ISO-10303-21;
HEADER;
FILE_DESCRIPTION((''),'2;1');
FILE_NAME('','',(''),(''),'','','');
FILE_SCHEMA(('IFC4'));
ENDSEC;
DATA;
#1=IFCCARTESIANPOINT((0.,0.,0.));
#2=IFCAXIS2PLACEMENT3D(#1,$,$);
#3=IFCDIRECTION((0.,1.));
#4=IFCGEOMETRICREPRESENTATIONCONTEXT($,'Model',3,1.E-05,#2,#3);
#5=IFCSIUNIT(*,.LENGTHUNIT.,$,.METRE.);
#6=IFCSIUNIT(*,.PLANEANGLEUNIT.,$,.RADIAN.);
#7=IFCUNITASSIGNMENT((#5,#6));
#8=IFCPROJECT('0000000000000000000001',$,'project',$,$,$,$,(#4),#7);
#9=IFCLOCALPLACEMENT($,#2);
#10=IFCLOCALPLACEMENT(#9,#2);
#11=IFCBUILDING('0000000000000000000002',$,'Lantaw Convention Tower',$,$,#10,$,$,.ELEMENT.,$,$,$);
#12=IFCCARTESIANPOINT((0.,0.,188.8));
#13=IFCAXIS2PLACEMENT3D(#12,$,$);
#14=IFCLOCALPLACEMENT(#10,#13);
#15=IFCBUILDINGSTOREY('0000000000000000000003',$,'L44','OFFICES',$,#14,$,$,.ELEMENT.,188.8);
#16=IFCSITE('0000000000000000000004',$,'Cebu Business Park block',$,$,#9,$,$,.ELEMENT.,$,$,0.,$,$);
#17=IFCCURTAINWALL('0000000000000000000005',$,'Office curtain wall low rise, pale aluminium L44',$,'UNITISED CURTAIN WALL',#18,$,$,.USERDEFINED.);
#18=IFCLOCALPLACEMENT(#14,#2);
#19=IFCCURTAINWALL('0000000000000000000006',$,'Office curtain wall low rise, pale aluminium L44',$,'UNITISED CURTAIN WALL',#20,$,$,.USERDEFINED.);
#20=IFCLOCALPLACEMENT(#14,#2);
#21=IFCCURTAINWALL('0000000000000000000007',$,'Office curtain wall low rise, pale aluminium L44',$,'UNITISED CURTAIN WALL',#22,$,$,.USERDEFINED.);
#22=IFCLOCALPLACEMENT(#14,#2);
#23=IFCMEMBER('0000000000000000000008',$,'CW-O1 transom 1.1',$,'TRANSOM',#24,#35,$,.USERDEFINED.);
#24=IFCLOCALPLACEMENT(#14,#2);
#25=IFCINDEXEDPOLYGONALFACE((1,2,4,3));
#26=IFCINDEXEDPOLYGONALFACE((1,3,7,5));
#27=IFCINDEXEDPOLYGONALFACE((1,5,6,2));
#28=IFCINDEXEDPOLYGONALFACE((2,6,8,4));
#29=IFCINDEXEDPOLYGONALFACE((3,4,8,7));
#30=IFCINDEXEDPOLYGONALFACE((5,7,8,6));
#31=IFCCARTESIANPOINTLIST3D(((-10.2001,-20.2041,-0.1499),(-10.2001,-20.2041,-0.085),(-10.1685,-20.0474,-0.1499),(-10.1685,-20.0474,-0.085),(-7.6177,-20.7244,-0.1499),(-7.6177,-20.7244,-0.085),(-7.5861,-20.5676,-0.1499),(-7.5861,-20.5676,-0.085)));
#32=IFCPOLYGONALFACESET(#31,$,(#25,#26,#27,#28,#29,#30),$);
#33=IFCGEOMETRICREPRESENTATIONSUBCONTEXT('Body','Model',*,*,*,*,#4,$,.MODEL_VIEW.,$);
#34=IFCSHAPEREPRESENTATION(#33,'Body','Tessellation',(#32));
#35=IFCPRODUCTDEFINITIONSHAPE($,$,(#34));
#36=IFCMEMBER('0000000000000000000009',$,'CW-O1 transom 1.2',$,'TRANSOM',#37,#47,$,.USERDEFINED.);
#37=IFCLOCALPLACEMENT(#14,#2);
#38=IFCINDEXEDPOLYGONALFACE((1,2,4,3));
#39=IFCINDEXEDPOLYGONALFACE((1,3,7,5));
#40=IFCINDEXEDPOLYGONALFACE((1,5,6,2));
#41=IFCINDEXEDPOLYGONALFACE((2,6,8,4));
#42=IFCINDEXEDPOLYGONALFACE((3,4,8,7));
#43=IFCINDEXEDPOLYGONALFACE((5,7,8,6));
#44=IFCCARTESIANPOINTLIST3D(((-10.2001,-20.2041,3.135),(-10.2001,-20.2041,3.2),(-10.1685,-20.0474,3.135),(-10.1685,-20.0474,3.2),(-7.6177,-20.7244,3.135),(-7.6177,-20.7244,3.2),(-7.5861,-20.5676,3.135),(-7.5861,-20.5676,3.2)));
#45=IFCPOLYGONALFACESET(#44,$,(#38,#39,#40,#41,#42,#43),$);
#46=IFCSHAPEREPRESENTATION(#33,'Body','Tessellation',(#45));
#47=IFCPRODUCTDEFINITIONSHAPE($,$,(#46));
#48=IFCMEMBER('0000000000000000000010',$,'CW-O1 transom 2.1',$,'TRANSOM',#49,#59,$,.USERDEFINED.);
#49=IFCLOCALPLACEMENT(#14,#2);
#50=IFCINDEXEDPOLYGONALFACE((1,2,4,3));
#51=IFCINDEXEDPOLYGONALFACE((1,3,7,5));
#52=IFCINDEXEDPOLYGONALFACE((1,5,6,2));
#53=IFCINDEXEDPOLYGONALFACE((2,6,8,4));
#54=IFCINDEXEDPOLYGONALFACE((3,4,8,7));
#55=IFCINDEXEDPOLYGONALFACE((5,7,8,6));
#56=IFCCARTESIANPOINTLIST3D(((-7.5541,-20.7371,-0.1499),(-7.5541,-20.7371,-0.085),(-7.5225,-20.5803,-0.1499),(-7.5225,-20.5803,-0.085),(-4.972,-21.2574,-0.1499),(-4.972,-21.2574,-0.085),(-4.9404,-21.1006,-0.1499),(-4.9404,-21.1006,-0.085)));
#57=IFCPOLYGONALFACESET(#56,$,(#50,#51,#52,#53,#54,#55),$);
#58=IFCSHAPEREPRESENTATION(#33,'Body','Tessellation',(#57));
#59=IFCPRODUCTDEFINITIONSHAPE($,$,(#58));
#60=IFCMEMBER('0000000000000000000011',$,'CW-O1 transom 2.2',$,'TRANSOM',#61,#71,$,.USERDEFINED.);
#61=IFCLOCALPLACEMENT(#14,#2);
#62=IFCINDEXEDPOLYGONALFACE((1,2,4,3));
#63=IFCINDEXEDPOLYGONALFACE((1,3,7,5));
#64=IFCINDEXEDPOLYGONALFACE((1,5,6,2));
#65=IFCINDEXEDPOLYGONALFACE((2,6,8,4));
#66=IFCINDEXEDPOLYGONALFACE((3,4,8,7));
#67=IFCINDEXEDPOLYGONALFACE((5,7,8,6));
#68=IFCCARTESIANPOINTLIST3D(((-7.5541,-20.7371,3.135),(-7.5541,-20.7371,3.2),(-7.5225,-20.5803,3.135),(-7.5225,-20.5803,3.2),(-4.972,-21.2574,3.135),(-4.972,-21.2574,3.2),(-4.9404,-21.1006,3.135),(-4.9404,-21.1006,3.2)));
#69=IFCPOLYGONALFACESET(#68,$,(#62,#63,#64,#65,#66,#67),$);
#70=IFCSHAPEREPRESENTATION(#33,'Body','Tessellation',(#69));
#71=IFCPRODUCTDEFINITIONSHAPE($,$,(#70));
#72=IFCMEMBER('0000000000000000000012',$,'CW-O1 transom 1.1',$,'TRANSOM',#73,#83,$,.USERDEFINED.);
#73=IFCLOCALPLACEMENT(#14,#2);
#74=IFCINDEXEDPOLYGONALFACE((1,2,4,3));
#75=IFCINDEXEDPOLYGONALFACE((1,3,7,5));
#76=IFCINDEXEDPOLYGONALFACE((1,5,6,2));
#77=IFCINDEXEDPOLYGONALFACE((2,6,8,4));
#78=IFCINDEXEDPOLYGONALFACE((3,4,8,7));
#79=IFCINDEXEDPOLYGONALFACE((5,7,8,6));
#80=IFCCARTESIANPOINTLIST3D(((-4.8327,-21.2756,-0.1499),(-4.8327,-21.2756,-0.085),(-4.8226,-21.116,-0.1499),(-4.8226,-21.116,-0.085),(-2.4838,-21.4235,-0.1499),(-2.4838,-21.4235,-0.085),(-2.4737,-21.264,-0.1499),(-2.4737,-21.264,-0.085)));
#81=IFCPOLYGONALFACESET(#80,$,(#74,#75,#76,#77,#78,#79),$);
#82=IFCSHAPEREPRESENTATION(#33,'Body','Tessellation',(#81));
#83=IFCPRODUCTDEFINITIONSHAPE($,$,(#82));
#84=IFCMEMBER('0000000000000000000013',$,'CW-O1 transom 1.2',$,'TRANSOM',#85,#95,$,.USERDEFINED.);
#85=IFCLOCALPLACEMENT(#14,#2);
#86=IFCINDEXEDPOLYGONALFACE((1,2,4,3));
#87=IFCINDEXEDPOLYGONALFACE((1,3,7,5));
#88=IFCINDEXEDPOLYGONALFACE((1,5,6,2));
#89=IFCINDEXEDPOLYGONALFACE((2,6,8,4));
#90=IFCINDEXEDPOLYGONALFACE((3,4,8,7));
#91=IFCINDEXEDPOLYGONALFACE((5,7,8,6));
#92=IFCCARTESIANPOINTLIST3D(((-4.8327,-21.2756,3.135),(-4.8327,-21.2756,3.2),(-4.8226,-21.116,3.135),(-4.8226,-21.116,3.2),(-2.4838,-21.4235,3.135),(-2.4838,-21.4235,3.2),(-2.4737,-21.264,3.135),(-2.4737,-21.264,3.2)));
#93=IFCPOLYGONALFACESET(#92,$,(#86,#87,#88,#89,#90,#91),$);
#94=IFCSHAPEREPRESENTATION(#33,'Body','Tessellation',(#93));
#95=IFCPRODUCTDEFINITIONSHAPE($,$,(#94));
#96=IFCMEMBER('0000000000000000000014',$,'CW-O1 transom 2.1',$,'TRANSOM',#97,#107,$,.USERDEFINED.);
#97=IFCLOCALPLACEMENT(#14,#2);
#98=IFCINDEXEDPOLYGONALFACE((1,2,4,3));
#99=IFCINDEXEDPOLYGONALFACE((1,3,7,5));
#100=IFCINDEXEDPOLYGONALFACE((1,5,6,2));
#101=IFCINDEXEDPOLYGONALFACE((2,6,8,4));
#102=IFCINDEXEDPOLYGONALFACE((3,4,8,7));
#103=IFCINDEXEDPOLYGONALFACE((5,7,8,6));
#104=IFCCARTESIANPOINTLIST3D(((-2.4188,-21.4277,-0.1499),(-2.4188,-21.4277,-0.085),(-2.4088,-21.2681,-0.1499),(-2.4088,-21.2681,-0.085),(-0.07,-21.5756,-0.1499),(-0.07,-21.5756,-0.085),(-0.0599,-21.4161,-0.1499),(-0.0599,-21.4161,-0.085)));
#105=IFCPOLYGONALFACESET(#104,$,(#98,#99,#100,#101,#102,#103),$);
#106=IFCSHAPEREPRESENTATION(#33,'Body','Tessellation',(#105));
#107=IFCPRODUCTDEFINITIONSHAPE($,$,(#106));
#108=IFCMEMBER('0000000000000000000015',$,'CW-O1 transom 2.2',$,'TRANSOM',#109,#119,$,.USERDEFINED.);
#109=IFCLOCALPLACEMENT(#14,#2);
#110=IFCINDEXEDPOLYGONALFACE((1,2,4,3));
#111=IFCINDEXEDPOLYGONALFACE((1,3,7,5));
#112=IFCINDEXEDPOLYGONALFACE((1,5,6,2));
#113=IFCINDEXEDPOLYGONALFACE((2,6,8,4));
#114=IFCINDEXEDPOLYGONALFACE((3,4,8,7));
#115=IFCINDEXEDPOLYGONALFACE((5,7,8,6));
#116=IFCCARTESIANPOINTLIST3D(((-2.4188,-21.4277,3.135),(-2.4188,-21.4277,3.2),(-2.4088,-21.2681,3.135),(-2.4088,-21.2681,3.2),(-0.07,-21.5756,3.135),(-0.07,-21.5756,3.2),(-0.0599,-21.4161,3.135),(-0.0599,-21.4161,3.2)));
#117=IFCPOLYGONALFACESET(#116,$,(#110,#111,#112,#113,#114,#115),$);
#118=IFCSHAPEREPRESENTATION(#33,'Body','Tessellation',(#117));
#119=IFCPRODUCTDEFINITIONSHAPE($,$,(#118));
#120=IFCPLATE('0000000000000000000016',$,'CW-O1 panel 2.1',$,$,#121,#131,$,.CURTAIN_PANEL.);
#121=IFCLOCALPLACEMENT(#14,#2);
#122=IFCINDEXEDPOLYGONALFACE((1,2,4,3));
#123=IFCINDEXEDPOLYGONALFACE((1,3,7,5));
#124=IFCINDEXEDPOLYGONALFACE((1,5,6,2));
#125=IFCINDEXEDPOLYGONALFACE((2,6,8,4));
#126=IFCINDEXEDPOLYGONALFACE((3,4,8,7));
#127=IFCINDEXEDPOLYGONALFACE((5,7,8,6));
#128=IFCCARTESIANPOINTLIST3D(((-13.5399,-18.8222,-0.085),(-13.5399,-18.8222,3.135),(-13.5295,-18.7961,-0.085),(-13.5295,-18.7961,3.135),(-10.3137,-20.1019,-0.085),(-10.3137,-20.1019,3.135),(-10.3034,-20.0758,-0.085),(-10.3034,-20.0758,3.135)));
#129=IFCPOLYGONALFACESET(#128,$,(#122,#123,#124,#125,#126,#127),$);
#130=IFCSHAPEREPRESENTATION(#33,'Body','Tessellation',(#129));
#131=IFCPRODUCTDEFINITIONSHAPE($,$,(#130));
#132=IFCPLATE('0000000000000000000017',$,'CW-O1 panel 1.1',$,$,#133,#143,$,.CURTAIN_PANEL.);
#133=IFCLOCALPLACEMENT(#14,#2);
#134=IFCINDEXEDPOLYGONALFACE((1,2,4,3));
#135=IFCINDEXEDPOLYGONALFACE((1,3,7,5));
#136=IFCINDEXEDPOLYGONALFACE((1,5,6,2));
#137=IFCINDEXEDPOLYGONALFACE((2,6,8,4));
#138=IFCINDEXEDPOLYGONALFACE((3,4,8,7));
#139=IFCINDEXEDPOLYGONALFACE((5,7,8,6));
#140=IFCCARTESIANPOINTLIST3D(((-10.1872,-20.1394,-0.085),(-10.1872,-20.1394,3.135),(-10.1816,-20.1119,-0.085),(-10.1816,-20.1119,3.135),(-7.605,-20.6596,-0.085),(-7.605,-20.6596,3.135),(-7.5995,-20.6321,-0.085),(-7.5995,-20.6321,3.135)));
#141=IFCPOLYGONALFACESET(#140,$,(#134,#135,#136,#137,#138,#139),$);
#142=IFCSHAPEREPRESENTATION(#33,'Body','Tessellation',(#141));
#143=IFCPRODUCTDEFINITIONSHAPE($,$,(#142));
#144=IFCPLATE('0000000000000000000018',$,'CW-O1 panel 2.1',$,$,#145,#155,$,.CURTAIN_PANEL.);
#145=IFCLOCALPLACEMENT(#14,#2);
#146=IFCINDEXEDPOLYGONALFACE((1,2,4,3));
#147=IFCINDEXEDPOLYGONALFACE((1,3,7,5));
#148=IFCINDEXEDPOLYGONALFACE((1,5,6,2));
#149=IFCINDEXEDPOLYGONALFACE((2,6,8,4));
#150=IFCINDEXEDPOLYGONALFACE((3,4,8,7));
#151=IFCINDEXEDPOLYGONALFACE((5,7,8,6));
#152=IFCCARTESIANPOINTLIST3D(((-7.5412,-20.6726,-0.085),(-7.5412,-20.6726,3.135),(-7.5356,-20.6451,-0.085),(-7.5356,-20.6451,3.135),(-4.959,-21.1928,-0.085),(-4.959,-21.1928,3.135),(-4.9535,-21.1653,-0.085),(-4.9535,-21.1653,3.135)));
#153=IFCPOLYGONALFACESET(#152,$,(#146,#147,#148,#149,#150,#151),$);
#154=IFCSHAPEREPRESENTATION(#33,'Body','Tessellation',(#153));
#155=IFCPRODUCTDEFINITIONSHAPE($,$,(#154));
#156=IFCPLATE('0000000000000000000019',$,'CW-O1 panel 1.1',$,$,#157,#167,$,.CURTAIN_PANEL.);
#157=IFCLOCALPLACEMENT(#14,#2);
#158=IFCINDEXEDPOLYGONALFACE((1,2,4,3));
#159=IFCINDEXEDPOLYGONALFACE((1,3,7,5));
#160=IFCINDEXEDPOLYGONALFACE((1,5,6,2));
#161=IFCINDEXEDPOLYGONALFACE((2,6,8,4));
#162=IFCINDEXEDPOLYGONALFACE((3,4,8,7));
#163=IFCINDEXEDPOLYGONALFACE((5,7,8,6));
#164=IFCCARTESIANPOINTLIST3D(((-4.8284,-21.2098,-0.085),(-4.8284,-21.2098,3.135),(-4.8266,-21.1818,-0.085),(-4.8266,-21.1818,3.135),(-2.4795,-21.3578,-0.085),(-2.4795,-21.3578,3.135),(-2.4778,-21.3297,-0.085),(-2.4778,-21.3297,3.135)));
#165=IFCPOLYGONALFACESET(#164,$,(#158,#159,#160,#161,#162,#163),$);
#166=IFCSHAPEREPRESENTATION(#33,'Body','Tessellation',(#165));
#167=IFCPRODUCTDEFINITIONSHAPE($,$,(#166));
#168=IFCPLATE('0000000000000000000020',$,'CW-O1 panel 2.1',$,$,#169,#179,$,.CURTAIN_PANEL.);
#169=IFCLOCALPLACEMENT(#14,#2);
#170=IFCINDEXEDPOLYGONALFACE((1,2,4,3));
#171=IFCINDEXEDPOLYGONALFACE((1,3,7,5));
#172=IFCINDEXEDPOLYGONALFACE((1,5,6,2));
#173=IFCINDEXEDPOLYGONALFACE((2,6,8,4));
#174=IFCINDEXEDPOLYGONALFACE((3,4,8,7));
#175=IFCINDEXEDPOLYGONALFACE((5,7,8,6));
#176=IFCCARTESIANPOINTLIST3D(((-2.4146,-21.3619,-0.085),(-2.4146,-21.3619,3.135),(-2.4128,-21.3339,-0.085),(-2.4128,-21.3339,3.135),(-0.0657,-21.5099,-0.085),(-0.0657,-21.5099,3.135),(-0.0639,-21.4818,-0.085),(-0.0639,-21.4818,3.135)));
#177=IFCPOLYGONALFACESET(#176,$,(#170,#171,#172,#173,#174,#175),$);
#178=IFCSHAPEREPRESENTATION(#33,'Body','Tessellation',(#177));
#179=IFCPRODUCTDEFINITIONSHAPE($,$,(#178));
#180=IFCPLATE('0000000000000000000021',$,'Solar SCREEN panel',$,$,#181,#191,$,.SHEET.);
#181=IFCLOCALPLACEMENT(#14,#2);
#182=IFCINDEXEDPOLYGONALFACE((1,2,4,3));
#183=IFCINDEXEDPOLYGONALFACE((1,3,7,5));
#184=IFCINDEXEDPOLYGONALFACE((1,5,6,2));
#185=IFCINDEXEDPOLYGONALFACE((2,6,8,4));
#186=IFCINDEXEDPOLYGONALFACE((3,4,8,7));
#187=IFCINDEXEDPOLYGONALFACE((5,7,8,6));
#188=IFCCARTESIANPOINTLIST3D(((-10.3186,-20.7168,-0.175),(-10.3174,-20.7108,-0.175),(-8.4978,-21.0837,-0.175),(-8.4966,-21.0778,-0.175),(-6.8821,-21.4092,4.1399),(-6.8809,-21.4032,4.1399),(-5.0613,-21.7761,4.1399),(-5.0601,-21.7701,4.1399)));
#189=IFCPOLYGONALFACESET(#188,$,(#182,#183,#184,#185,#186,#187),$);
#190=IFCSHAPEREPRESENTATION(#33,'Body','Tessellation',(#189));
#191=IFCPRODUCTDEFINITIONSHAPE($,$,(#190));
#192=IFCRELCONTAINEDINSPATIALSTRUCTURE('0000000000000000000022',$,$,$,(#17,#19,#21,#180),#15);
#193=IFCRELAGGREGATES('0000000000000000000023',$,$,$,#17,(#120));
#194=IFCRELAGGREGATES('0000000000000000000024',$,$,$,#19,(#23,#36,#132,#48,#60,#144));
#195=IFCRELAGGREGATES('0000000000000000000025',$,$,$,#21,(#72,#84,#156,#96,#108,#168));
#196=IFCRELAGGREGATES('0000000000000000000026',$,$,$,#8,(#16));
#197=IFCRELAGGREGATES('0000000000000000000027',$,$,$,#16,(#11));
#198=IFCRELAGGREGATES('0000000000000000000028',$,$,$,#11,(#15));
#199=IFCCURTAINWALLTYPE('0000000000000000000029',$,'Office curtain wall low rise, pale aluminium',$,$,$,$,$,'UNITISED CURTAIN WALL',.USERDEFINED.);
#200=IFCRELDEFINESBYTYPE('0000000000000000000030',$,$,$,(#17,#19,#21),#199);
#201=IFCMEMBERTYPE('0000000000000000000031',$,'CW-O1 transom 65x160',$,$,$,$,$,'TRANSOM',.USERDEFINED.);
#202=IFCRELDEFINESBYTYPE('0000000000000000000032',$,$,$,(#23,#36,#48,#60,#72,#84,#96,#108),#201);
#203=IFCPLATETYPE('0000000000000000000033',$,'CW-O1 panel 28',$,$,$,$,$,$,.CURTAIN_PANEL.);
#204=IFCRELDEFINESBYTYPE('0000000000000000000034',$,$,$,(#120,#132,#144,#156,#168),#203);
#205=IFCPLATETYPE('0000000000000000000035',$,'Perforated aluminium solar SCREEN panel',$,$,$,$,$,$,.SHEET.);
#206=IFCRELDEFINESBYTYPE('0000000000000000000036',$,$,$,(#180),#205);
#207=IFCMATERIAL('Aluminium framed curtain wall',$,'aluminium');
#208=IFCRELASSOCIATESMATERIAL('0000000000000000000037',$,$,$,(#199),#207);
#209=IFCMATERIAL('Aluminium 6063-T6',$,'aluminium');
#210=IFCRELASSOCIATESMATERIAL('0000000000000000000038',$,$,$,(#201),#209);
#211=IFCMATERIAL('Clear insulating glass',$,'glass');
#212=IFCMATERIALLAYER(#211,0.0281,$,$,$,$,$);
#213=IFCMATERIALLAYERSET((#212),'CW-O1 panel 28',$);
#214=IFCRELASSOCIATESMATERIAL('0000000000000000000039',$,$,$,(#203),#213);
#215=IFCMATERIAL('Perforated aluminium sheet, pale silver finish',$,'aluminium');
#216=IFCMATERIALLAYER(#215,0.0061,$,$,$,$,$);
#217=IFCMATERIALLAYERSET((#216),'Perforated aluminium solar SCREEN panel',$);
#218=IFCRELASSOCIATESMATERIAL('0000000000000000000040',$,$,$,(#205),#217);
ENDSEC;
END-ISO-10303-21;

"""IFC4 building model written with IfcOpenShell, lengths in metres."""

from ifc_helpers import new_model, si_unit, direction, frame, origin, origin_2d, place, context, subcontext, project, spatial, polyline, rectangle, outline, extrude, material, layer, layer_set, material_profile, profile_set, type_object, element, aggregate, save


model = new_model("IFC4")

# Units and contexts
model_context = context("Model", 3, precision=1e-05, world=origin(), true_north=direction((0.0, 1.0)))
body_context = subcontext(model_context, "Body", "Model", "MODEL_VIEW")
ifc_project = project(units=[si_unit("LENGTHUNIT", "METRE"), si_unit("PLANEANGLEUNIT", "RADIAN")], contexts=[model_context])

# Site, building, storey
site_placement = place(None, origin())
site = spatial("IfcSite", under=ifc_project, at=site_placement, Name="Cebu Business Park block", CompositionType="ELEMENT", RefElevation=0.0)
building_placement = place(site_placement, origin())
building = spatial("IfcBuilding", under=site, at=building_placement, Name="Lantaw Convention Tower", CompositionType="ELEMENT")
storey_placement = place(building_placement, frame((0.0, 0.0, 188.8)))
storey = spatial("IfcBuildingStorey", under=building, at=storey_placement, Name="L44", Description="OFFICES", CompositionType="ELEMENT", Elevation=188.8)

# Curtain wall
ifc_material_1 = material(Name="Aluminium framed curtain wall", Category="aluminium")
curtain_wall_type = type_object("IfcCurtainWallType", Name="Office curtain wall low rise, pale aluminium", ElementType="UNITISED CURTAIN WALL", PredefinedType="USERDEFINED", material=ifc_material_1)
curtain_wall_1_placement = place(storey_placement, origin())
curtain_wall_1 = element("IfcCurtainWall", 1, at=curtain_wall_1_placement, inside=storey, type_object=curtain_wall_type, Name="Office curtain wall low rise, pale aluminium L44", ObjectType="UNITISED CURTAIN WALL", PredefinedType="USERDEFINED")
ifc_material_2 = material(Name="Aluminium 6063-T6", Category="aluminium")

# Curtain walls
curtain_wall_2_placement = place(storey_placement, origin())
curtain_wall_2 = element("IfcCurtainWall", 2, at=curtain_wall_2_placement, inside=storey, type_object=curtain_wall_type, Name="Office curtain wall low rise, pale aluminium L44", ObjectType="UNITISED CURTAIN WALL", PredefinedType="USERDEFINED")
curtain_wall_3_placement = place(storey_placement, origin())
curtain_wall_3 = element("IfcCurtainWall", 3, at=curtain_wall_3_placement, inside=storey, type_object=curtain_wall_type, Name="Office curtain wall low rise, pale aluminium L44", ObjectType="UNITISED CURTAIN WALL", PredefinedType="USERDEFINED")

# Members
ifc_material_profile_1 = material_profile(ifc_material_2, rectangle(XDim=0.1599, YDim=0.0649, at=origin_2d()), Name="CW-O1 transom 65x160")
ifc_profile_set_1 = profile_set([ifc_material_profile_1], Name="Aluminium 6063-T6")
member_type_1 = type_object("IfcMemberType", Name="CW-O1 transom 65x160", ElementType="TRANSOM", PredefinedType="USERDEFINED", material=ifc_profile_set_1)
member_1_placement = place(storey_placement, frame((-10.1843, -20.1257, -0.1174), z_axis=(0.980302, -0.197506, 0.0), x_axis=(0.197506, 0.980302, 0.0)))
member_1 = element("IfcMember", 4, at=member_1_placement, type_object=member_type_1, Name="CW-O1 transom 1.1", ObjectType="TRANSOM", PredefinedType="USERDEFINED", context=body_context, shape_type="SweptSolid", body=[
    extrude(rectangle(XDim=0.1599, YDim=0.0649, at=origin_2d()), origin(), (0.0, 0.0, 1.0), 2.6343),
])
member_2_placement = place(storey_placement, frame((-10.1843, -20.1257, 3.1675), z_axis=(0.980302, -0.197506, 0.0), x_axis=(0.197506, 0.980302, 0.0)))
member_2 = element("IfcMember", 5, at=member_2_placement, type_object=member_type_1, Name="CW-O1 transom 1.2", ObjectType="TRANSOM", PredefinedType="USERDEFINED", context=body_context, shape_type="SweptSolid", body=[
    extrude(rectangle(XDim=0.1599, YDim=0.0649, at=origin_2d()), origin(), (0.0, 0.0, 1.0), 2.6343),
])
member_3_placement = place(storey_placement, frame((-7.5383, -20.6587, -0.1174), z_axis=(0.980298, -0.197524, 0.0), x_axis=(0.197524, 0.980298, 0.0)))
member_3 = element("IfcMember", 6, at=member_3_placement, type_object=member_type_1, Name="CW-O1 transom 2.1", ObjectType="TRANSOM", PredefinedType="USERDEFINED", context=body_context, shape_type="SweptSolid", body=[
    extrude(rectangle(XDim=0.1599, YDim=0.0649, at=origin_2d()), origin(), (0.0, 0.0, 1.0), 2.634),
])
member_4_placement = place(storey_placement, frame((-7.5383, -20.6587, 3.1675), z_axis=(0.980298, -0.197524, 0.0), x_axis=(0.197524, 0.980298, 0.0)))
member_4 = element("IfcMember", 7, at=member_4_placement, type_object=member_type_1, Name="CW-O1 transom 2.2", ObjectType="TRANSOM", PredefinedType="USERDEFINED", context=body_context, shape_type="SweptSolid", body=[
    extrude(rectangle(XDim=0.1599, YDim=0.0649, at=origin_2d()), origin(), (0.0, 0.0, 1.0), 2.634),
])
member_5_placement = place(storey_placement, frame((-4.8276, -21.1958, -0.1174), z_axis=(0.998022, -0.062863, 0.0), x_axis=(0.062863, 0.998022, 0.0)))
member_5 = element("IfcMember", 8, at=member_5_placement, type_object=member_type_1, Name="CW-O1 transom 1.1", ObjectType="TRANSOM", PredefinedType="USERDEFINED", context=body_context, shape_type="SweptSolid", body=[
    extrude(rectangle(XDim=0.1599, YDim=0.0649, at=origin_2d()), origin(), (0.0, 0.0, 1.0), 2.3535),
])
member_6_placement = place(storey_placement, frame((-4.8276, -21.1958, 3.1675), z_axis=(0.998022, -0.062863, 0.0), x_axis=(0.062863, 0.998022, 0.0)))
member_6 = element("IfcMember", 9, at=member_6_placement, type_object=member_type_1, Name="CW-O1 transom 1.2", ObjectType="TRANSOM", PredefinedType="USERDEFINED", context=body_context, shape_type="SweptSolid", body=[
    extrude(rectangle(XDim=0.1599, YDim=0.0649, at=origin_2d()), origin(), (0.0, 0.0, 1.0), 2.3535),
])
member_7_placement = place(storey_placement, frame((-2.4138, -21.3479, -0.1174), z_axis=(0.998022, -0.062863, 0.0), x_axis=(0.062863, 0.998022, 0.0)))
member_7 = element("IfcMember", 10, at=member_7_placement, type_object=member_type_1, Name="CW-O1 transom 2.1", ObjectType="TRANSOM", PredefinedType="USERDEFINED", context=body_context, shape_type="SweptSolid", body=[
    extrude(rectangle(XDim=0.1599, YDim=0.0649, at=origin_2d()), origin(), (0.0, 0.0, 1.0), 2.3535),
])
member_8_placement = place(storey_placement, frame((-2.4138, -21.3479, 3.1675), z_axis=(0.998022, -0.062863, 0.0), x_axis=(0.062863, 0.998022, 0.0)))
member_8 = element("IfcMember", 11, at=member_8_placement, type_object=member_type_1, Name="CW-O1 transom 2.2", ObjectType="TRANSOM", PredefinedType="USERDEFINED", context=body_context, shape_type="SweptSolid", body=[
    extrude(rectangle(XDim=0.1599, YDim=0.0649, at=origin_2d()), origin(), (0.0, 0.0, 1.0), 2.3535),
])

# Plates
ifc_material_3 = material(Name="Clear insulating glass", Category="glass")
ifc_layer_1 = layer(ifc_material_3, 0.0281)
ifc_layer_set_1 = layer_set([ifc_layer_1], Name="CW-O1 panel 28")
plate_type_1 = type_object("IfcPlateType", Name="CW-O1 panel 28", PredefinedType="CURTAIN_PANEL", material=ifc_layer_set_1)
plate_1_placement = place(storey_placement, frame((-11.9216, -19.449, -0.085), z_axis=(0.0, 0.0, 1.0), x_axis=(0.929548, -0.368702, 0.0)))
plate_1 = element("IfcPlate", 12, at=plate_1_placement, type_object=plate_type_1, Name="CW-O1 panel 2.1", PredefinedType="CURTAIN_PANEL", context=body_context, shape_type="SweptSolid", body=[
    extrude(rectangle(XDim=3.4707, YDim=0.0281, at=origin_2d()), origin(), (0.0, 0.0, 1.0), 3.22),
])
aggregate(curtain_wall_1, [plate_1])
plate_2_placement = place(storey_placement, frame((-8.8933, -20.3857, -0.085), z_axis=(0.0, 0.0, 1.0), x_axis=(0.980302, -0.197507, 0.0)))
plate_2 = element("IfcPlate", 13, at=plate_2_placement, type_object=plate_type_1, Name="CW-O1 panel 1.1", PredefinedType="CURTAIN_PANEL", context=body_context, shape_type="SweptSolid", body=[
    extrude(rectangle(XDim=2.634, YDim=0.0281, at=origin_2d()), origin(), (0.0, 0.0, 1.0), 3.22),
])
plate_3_placement = place(storey_placement, frame((-6.2473, -20.9189, -0.085), z_axis=(0.0, 0.0, 1.0), x_axis=(0.980302, -0.197507, 0.0)))
plate_3 = element("IfcPlate", 14, at=plate_3_placement, type_object=plate_type_1, Name="CW-O1 panel 2.1", PredefinedType="CURTAIN_PANEL", context=body_context, shape_type="SweptSolid", body=[
    extrude(rectangle(XDim=2.634, YDim=0.0281, at=origin_2d()), origin(), (0.0, 0.0, 1.0), 3.22),
])
aggregate(curtain_wall_2, [member_1, member_2, plate_2, member_3, member_4, plate_3])
plate_4_placement = place(storey_placement, frame((-3.6531, -21.2698, -0.085), z_axis=(0.0, 0.0, 1.0), x_axis=(0.998022, -0.062865, 0.0)))
plate_4 = element("IfcPlate", 15, at=plate_4_placement, type_object=plate_type_1, Name="CW-O1 panel 1.1", PredefinedType="CURTAIN_PANEL", context=body_context, shape_type="SweptSolid", body=[
    extrude(rectangle(XDim=2.3535, YDim=0.0281, at=origin_2d()), origin(), (0.0, 0.0, 1.0), 3.22),
])
plate_5_placement = place(storey_placement, frame((-1.2393, -21.4219, -0.085), z_axis=(0.0, 0.0, 1.0), x_axis=(0.998022, -0.062865, 0.0)))
plate_5 = element("IfcPlate", 16, at=plate_5_placement, type_object=plate_type_1, Name="CW-O1 panel 2.1", PredefinedType="CURTAIN_PANEL", context=body_context, shape_type="SweptSolid", body=[
    extrude(rectangle(XDim=2.3535, YDim=0.0281, at=origin_2d()), origin(), (0.0, 0.0, 1.0), 3.22),
])
aggregate(curtain_wall_3, [member_5, member_6, plate_4, member_7, member_8, plate_5])

# Plate
ifc_material_4 = material(Name="Perforated aluminium sheet, pale silver finish", Category="aluminium")
ifc_layer_2 = layer(ifc_material_4, 0.0061)
ifc_layer_set_2 = layer_set([ifc_layer_2], Name="Perforated aluminium solar SCREEN panel")
plate_type_2 = type_object("IfcPlateType", Name="Perforated aluminium solar SCREEN panel", PredefinedType="SHEET", material=ifc_layer_set_2)
plate_6_placement = place(storey_placement, frame((-10.3186, -20.7168, -0.175), z_axis=(-0.197557, -0.980291, 0.00004), x_axis=(0.980291, -0.197557, 0.0)))
element("IfcPlate", 17, at=plate_6_placement, inside=storey, type_object=plate_type_2, Name="Solar SCREEN panel", PredefinedType="SHEET", context=body_context, shape_type="SweptSolid", body=[
    extrude(outline(polyline([(0.0, 0.0), (1.8574, 0.0), (5.363, 4.3149), (3.5056, 4.3149), (0.0, 0.0)])), origin(), (0.0, 0.0, -1.0), 0.0061),
])

save(model, "model.ifc")
